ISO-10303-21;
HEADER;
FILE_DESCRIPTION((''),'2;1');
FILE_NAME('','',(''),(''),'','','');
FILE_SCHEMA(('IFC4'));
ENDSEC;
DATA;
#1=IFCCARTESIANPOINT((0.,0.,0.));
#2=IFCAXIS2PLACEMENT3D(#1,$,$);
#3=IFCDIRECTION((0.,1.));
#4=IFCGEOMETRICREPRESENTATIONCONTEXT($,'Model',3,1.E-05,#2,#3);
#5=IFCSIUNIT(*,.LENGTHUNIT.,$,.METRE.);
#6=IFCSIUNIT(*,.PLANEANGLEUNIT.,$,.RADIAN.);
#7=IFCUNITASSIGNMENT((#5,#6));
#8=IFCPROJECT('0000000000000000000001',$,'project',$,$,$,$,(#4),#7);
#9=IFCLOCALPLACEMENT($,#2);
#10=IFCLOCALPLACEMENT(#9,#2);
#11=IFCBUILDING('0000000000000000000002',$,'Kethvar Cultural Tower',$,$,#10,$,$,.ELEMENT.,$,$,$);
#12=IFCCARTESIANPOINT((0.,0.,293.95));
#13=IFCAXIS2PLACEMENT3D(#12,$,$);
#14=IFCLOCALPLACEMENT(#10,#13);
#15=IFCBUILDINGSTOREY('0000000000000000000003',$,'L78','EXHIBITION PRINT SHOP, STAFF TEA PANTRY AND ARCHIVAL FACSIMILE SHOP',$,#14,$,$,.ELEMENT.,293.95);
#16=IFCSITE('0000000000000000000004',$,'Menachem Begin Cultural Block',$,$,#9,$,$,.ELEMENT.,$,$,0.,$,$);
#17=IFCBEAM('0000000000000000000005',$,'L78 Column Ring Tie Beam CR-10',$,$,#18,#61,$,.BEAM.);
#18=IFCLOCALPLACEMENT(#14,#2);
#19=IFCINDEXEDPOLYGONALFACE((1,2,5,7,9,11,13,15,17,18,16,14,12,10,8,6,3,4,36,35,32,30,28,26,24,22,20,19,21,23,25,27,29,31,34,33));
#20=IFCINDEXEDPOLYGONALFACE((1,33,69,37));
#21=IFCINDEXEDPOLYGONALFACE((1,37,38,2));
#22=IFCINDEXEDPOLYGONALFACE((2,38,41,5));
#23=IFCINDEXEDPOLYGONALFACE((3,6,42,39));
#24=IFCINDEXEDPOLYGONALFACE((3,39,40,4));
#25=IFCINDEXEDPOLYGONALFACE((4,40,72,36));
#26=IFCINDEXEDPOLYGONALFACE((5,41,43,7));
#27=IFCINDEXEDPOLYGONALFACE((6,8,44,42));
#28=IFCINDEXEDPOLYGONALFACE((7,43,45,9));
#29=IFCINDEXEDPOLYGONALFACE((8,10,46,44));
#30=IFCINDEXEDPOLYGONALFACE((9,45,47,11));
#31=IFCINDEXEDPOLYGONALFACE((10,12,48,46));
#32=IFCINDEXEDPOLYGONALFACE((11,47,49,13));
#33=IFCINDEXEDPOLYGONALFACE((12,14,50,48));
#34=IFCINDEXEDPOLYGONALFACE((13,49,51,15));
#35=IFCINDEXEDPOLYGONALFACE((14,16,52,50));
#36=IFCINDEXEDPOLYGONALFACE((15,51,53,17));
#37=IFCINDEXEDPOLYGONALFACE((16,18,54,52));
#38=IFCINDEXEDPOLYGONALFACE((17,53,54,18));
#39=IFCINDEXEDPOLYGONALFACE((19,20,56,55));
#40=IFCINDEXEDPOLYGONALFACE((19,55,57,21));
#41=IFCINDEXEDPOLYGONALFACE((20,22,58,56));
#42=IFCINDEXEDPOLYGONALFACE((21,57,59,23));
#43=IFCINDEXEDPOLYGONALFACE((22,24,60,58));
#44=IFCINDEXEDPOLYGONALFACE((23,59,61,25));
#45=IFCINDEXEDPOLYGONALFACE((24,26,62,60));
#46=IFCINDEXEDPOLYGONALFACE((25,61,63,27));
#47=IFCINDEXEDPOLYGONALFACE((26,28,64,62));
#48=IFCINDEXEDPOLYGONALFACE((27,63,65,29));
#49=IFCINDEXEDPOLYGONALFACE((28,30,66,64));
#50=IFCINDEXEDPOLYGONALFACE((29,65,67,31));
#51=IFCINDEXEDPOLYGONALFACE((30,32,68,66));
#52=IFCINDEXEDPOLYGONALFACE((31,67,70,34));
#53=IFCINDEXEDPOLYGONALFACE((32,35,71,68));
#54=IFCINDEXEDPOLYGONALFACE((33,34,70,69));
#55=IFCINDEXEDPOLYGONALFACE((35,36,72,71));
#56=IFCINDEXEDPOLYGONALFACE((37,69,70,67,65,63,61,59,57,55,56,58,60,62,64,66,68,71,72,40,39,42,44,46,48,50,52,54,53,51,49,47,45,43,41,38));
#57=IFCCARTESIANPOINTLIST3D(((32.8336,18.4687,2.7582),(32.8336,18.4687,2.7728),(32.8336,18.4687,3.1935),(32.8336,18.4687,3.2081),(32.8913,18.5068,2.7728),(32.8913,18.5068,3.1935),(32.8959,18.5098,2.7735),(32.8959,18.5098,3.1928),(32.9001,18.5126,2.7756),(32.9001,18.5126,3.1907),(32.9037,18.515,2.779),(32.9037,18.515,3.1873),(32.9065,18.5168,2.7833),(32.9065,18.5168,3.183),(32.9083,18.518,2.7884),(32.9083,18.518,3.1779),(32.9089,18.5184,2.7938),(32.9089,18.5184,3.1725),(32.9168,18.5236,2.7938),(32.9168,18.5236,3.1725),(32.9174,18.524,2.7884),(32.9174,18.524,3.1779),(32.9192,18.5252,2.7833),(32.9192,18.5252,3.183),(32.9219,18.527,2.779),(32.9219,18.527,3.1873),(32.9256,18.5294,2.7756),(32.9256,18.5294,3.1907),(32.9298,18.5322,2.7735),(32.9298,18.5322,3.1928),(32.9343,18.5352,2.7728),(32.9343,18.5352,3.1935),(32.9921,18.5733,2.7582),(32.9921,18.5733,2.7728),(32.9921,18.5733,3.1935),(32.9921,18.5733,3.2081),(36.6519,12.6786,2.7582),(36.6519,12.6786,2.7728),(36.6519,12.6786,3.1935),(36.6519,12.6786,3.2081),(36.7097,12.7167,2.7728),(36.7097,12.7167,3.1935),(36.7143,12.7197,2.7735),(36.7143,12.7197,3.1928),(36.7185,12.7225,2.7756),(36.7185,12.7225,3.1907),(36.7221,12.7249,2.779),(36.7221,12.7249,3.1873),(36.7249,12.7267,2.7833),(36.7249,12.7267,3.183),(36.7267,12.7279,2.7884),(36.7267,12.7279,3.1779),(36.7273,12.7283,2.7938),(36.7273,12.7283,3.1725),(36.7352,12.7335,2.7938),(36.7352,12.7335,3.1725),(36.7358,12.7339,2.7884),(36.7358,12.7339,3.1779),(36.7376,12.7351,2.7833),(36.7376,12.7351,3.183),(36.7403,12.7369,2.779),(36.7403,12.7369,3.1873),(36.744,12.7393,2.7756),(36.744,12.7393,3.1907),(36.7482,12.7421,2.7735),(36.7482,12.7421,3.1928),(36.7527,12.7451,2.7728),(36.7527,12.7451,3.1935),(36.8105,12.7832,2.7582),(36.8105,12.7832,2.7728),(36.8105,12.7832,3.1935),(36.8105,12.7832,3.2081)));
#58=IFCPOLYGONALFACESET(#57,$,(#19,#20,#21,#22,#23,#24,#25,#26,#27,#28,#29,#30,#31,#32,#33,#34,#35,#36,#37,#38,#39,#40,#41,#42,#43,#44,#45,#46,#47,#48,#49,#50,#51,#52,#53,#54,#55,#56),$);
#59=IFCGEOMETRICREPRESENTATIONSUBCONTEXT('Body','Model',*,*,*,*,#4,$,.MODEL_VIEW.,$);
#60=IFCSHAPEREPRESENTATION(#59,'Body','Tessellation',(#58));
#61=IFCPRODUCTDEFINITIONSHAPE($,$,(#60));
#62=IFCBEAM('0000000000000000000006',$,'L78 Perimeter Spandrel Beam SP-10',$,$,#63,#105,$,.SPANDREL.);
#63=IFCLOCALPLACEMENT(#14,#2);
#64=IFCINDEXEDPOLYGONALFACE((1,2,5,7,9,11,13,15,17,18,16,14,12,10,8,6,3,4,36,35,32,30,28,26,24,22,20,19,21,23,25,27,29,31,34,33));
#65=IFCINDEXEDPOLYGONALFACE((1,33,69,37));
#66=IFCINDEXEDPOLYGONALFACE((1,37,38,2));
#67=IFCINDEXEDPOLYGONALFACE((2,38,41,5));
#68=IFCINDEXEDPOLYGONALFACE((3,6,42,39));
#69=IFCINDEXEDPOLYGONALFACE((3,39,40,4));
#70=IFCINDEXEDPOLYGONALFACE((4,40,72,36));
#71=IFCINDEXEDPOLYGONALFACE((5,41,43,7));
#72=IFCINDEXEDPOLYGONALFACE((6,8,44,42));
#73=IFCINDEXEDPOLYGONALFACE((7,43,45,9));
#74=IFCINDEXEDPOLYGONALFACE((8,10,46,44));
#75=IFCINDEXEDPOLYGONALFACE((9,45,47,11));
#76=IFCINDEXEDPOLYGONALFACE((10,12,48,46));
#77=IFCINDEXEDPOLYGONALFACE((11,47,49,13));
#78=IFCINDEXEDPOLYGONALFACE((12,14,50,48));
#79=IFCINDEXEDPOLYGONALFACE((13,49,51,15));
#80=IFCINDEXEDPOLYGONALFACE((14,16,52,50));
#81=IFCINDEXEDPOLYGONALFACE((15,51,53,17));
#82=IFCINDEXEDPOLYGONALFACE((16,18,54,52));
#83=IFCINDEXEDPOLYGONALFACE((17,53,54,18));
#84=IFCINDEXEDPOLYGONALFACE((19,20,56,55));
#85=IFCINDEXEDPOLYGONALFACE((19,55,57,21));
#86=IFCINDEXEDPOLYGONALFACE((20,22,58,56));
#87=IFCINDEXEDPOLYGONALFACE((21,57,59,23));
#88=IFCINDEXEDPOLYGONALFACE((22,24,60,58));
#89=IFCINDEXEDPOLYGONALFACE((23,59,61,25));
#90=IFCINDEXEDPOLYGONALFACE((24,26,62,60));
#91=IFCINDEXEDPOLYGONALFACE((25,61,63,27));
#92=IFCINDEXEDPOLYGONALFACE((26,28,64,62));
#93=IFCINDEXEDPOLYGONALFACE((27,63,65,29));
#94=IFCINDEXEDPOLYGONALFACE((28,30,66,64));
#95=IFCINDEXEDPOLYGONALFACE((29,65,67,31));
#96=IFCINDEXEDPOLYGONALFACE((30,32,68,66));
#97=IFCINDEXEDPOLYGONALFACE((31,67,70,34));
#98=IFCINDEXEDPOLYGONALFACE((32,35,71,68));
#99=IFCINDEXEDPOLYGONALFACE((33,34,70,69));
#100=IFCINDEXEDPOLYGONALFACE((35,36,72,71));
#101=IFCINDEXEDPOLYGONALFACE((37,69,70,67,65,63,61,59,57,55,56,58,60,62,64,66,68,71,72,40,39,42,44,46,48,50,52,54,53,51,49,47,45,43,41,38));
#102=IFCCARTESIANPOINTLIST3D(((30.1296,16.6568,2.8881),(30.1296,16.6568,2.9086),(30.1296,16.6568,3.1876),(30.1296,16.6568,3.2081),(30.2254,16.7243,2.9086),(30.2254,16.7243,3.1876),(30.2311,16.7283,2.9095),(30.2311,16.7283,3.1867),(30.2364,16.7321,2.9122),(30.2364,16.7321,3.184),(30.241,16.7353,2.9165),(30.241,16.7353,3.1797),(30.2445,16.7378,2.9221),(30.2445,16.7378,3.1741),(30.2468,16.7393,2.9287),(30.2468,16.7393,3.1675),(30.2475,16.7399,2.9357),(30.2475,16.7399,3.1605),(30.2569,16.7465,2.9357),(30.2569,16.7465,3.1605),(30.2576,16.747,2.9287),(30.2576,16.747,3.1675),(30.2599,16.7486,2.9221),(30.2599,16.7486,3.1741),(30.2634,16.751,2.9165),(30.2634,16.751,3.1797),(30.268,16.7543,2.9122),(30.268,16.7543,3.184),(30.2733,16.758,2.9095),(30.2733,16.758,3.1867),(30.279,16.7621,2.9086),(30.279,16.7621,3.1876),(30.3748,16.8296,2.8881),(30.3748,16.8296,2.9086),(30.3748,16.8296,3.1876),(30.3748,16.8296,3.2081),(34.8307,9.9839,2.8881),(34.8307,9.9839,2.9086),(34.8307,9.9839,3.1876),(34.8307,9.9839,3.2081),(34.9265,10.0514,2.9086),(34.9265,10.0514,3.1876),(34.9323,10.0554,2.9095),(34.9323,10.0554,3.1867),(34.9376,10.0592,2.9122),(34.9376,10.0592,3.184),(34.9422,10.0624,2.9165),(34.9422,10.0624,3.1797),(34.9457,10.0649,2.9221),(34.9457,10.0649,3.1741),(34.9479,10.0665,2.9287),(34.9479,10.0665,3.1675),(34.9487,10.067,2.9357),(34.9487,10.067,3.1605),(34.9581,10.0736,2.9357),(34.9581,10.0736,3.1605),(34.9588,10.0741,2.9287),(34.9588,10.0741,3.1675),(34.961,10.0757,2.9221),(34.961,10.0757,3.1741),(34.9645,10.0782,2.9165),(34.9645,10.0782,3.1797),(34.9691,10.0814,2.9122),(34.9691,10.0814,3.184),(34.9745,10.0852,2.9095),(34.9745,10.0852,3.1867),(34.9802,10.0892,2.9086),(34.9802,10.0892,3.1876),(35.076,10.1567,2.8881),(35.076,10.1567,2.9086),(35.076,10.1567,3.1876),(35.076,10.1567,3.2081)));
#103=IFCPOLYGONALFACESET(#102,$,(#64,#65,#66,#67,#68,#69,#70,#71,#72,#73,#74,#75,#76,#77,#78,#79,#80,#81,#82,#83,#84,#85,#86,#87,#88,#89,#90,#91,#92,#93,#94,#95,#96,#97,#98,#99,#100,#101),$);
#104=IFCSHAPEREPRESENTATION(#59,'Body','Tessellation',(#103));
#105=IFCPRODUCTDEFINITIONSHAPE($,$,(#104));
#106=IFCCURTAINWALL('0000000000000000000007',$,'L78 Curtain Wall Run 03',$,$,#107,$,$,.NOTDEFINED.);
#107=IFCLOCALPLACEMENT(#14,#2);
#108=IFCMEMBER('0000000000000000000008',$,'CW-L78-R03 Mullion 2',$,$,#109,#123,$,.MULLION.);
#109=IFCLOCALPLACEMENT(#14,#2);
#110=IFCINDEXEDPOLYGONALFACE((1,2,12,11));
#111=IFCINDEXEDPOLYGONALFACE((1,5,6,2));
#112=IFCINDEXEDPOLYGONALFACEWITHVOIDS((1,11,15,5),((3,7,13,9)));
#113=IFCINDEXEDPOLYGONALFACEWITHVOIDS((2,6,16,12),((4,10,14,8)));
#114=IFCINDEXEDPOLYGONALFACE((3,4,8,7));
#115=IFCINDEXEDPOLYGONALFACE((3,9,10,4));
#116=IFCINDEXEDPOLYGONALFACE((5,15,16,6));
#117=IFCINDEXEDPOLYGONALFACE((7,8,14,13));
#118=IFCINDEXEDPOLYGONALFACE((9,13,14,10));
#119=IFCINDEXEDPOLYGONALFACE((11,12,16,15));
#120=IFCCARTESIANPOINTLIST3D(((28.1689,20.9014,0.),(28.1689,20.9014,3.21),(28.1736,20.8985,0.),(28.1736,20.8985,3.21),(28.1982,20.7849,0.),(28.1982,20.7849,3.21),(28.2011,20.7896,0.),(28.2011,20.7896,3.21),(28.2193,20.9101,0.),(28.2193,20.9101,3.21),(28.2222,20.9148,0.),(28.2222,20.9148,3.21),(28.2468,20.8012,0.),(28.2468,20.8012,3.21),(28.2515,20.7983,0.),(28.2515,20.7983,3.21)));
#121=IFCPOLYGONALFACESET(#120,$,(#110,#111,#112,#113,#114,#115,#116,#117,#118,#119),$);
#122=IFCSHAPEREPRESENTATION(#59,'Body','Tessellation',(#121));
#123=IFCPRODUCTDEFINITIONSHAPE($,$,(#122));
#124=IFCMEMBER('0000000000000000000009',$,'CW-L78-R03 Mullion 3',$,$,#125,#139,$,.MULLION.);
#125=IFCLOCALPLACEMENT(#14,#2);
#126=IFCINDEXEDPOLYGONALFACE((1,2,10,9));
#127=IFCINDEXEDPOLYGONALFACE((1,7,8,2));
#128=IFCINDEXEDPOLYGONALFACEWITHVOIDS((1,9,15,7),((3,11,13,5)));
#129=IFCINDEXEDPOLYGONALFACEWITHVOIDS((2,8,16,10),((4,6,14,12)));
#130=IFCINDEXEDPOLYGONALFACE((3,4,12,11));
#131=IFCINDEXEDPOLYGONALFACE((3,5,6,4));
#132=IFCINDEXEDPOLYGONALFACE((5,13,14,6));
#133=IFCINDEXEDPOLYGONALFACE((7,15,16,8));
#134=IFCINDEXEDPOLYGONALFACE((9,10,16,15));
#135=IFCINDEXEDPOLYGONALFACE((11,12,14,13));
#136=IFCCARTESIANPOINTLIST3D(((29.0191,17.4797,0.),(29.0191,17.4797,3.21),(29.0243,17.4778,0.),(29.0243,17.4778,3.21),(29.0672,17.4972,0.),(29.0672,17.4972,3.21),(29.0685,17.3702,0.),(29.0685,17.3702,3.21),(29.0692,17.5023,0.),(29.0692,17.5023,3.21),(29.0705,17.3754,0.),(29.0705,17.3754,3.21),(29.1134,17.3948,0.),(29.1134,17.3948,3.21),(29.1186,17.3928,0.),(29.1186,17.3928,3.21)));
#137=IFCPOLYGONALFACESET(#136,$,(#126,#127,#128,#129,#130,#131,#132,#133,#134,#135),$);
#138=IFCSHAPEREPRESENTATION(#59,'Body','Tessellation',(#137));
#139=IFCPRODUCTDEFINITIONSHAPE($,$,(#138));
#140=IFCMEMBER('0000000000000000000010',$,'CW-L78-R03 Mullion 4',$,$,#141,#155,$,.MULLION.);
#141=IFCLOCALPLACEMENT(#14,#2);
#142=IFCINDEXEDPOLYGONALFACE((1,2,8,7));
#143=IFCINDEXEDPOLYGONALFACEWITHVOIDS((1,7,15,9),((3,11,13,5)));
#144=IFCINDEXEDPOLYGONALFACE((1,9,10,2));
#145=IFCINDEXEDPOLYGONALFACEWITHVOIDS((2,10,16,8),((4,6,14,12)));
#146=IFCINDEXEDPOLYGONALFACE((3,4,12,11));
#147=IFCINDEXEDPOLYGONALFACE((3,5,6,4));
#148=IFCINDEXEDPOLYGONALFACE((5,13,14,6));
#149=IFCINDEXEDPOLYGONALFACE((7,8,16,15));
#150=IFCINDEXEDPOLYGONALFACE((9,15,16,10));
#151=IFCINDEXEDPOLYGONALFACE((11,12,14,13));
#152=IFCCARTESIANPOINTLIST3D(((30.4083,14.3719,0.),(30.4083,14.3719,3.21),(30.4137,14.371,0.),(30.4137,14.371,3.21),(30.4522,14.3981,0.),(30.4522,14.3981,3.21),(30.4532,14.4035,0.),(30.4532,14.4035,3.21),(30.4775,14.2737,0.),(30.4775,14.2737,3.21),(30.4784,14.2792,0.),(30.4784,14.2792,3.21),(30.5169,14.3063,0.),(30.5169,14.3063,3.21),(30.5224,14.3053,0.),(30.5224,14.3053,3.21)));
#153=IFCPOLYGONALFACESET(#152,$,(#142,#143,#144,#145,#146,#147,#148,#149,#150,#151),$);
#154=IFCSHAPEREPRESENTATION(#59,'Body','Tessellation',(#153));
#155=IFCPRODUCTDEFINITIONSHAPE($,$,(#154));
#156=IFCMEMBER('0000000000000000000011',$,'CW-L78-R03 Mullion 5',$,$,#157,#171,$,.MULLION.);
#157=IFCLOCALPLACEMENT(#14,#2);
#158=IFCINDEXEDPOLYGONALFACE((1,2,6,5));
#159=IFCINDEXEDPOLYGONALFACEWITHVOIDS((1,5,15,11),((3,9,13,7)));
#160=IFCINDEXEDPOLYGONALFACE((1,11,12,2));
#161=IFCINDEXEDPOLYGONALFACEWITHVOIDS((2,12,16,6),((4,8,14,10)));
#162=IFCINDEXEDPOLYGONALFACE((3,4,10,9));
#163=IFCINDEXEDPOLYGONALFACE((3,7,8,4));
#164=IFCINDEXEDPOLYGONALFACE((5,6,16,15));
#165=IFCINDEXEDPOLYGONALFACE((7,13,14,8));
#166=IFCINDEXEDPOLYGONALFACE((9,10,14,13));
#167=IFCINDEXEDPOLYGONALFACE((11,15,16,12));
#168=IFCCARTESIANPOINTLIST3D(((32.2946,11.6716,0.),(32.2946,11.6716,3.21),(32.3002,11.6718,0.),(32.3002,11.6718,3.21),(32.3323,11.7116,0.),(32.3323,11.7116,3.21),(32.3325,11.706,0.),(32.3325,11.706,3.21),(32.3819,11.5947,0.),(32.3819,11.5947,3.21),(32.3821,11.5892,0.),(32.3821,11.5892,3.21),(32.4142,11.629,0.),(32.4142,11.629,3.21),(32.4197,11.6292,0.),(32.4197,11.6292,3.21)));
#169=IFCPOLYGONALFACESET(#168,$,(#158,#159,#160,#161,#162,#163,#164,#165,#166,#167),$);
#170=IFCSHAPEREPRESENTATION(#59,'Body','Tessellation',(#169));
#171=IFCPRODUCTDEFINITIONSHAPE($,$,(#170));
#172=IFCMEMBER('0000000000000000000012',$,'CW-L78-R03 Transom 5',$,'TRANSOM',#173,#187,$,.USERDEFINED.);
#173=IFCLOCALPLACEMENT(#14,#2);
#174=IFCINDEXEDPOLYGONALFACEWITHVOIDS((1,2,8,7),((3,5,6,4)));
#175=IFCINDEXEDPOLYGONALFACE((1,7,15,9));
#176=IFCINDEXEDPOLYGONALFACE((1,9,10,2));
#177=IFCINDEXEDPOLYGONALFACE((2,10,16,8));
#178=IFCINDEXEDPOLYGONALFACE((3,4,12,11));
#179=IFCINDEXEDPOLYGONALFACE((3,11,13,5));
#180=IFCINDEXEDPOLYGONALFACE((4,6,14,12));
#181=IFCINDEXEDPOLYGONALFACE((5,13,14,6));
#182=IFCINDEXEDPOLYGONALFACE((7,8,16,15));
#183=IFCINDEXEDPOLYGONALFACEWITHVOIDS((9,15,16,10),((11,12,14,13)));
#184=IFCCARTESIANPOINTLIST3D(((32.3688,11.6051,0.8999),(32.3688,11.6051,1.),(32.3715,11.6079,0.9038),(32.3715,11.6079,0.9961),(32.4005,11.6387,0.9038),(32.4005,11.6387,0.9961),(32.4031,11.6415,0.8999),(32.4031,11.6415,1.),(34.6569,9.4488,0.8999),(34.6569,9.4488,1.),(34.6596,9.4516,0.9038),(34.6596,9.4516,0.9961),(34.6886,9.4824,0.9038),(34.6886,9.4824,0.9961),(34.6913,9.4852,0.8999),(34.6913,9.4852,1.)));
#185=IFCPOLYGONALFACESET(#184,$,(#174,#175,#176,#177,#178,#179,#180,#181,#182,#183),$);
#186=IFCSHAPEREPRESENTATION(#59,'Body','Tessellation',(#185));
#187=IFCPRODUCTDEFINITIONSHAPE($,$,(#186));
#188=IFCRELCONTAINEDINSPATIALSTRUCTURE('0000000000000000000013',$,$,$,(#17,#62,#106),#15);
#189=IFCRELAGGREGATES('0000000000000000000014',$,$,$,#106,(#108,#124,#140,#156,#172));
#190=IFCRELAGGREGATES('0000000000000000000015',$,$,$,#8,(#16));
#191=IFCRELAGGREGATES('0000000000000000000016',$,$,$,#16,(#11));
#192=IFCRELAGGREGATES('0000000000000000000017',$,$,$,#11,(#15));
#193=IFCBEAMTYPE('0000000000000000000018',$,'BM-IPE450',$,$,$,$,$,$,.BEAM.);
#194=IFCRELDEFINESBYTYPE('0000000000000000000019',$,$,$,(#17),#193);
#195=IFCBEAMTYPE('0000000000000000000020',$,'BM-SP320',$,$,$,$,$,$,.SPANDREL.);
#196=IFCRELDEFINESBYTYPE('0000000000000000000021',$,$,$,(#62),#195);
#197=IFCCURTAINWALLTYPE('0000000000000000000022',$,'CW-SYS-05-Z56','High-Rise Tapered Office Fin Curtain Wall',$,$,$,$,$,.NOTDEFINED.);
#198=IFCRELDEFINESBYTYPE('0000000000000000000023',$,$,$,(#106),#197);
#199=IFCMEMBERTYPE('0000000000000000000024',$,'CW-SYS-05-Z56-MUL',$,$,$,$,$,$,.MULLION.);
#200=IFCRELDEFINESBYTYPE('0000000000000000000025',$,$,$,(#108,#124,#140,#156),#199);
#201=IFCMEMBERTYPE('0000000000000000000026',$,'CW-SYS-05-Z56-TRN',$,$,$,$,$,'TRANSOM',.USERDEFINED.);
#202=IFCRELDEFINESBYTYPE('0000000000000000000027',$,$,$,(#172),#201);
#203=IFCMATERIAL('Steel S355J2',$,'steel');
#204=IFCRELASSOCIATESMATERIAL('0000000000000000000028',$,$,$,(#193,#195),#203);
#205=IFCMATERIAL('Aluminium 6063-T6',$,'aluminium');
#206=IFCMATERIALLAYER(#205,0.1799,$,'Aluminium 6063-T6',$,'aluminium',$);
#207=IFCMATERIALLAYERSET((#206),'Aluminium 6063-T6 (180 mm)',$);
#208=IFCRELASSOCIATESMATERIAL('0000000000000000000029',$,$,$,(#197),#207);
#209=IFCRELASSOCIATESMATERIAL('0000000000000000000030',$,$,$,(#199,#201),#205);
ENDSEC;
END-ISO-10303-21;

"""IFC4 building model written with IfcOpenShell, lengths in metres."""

from ifc_helpers import new_model, si_unit, direction, frame, origin, origin_2d, place, context, subcontext, project, spatial, hollow_rectangle, i_section, extrude, source, transform, mapped, material, layer, layer_set, material_profile, profile_set, type_object, element, aggregate, save


model = new_model("IFC4")

# Units and contexts
model_context = context("Model", 3, precision=1e-05, world=origin(), true_north=direction((0.0, 1.0)))
body_context = subcontext(model_context, "Body", "Model", "MODEL_VIEW")
ifc_project = project(units=[si_unit("LENGTHUNIT", "METRE"), si_unit("PLANEANGLEUNIT", "RADIAN")], contexts=[model_context])

# Site, building, storey
site_placement = place(None, origin())
site = spatial("IfcSite", under=ifc_project, at=site_placement, Name="Menachem Begin Cultural Block", CompositionType="ELEMENT", RefElevation=0.0)
building_placement = place(site_placement, origin())
building = spatial("IfcBuilding", under=site, at=building_placement, Name="Kethvar Cultural Tower", CompositionType="ELEMENT")
storey_placement = place(building_placement, frame((0.0, 0.0, 293.95)))
storey = spatial("IfcBuildingStorey", under=building, at=storey_placement, Name="L78", Description="EXHIBITION PRINT SHOP, STAFF TEA PANTRY AND ARCHIVAL FACSIMILE SHOP", CompositionType="ELEMENT", Elevation=293.95)

# Shared definitions
ifc_material_1 = material(Name="Steel S355J2", Category="steel")

# Beams
ifc_material_profile_1 = material_profile(ifc_material_1, i_section(OverallWidth=0.1899, OverallDepth=0.45, WebThickness=0.0095, FlangeThickness=0.0146, FilletRadius=0.021, at=origin_2d()), Name="Steel S355J2 — IPE450")
ifc_profile_set_1 = profile_set([ifc_material_profile_1], Name="Steel S355J2 — IPE450")
beam_type_1 = type_object("IfcBeamType", Name="BM-IPE450", PredefinedType="BEAM", material=ifc_profile_set_1)
ifc_material_profile_2 = material_profile(ifc_material_1, i_section(OverallWidth=0.3, OverallDepth=0.3201, WebThickness=0.0115, FlangeThickness=0.0205, FilletRadius=0.0271, at=origin_2d()), Name="Steel S355J2 — HEB320")
ifc_profile_set_2 = profile_set([ifc_material_profile_2], Name="Steel S355J2 — HEB320")
beam_type_2 = type_object("IfcBeamType", Name="BM-SP320", PredefinedType="SPANDREL", material=ifc_profile_set_2)
shared_shape_1 = source(origin(), body_context, "Body", "SweptSolid", [
    extrude(i_section(OverallWidth=0.1899, OverallDepth=0.45, WebThickness=0.0095, FlangeThickness=0.0146, FilletRadius=0.021, at=origin_2d()), origin(), (0.0, 0.0, 1.0), 6.9358),
])
beam_1_placement = place(storey_placement, frame((32.9128, 18.521, 2.9832), z_axis=(0.550534, -0.834813, 0.0), x_axis=(0.834813, 0.550534, 0.0)))
element("IfcBeam", 1, at=beam_1_placement, inside=storey, type_object=beam_type_1, Name="L78 Column Ring Tie Beam CR-10", PredefinedType="BEAM", context=body_context, shape_type="MappedRepresentation", body=[
    mapped(shared_shape_1, transform((0.0, 0.0, 0.0), scale=1.0)),
])
shared_shape_2 = source(origin(), body_context, "Body", "SweptSolid", [
    extrude(i_section(OverallWidth=0.3, OverallDepth=0.3201, WebThickness=0.0115, FlangeThickness=0.0205, FilletRadius=0.0271, at=origin_2d()), origin(), (0.0, 0.0, 1.0), 8.1626),
])
beam_2_placement = place(storey_placement, frame((30.2522, 16.7432, 3.0481), z_axis=(0.575941, -0.817491, 0.0), x_axis=(0.817491, 0.575941, 0.0)))
element("IfcBeam", 2, at=beam_2_placement, inside=storey, type_object=beam_type_2, Name="L78 Perimeter Spandrel Beam SP-10", PredefinedType="SPANDREL", context=body_context, shape_type="MappedRepresentation", body=[
    mapped(shared_shape_2, transform((0.0, 0.0, 0.0), scale=1.0)),
])

# Curtain wall, members
ifc_material_2 = material(Name="Aluminium 6063-T6", Category="aluminium")
ifc_layer_1 = layer(ifc_material_2, 0.1799, Name="Aluminium 6063-T6", Category="aluminium")
ifc_layer_set_1 = layer_set([ifc_layer_1], Name="Aluminium 6063-T6 (180 mm)")
curtain_wall_type = type_object("IfcCurtainWallType", Name="CW-SYS-05-Z56", Description="High-Rise Tapered Office Fin Curtain Wall", PredefinedType="NOTDEFINED", material=ifc_layer_set_1)
curtain_wall_placement = place(storey_placement, origin())
curtain_wall = element("IfcCurtainWall", 3, at=curtain_wall_placement, inside=storey, type_object=curtain_wall_type, Name="L78 Curtain Wall Run 03", PredefinedType="NOTDEFINED")
ifc_material_profile_3 = material_profile(ifc_material_2, hollow_rectangle(XDim=0.0549, YDim=0.1201, WallThickness=0.0039, at=origin_2d()), Name="Aluminium 6063-T6 — RHS120x55x4")
ifc_profile_set_3 = profile_set([ifc_material_profile_3], Name="Aluminium 6063-T6 — RHS120x55x4")
member_type_1 = type_object("IfcMemberType", Name="CW-SYS-05-Z56-MUL", PredefinedType="MULLION", material=ifc_profile_set_3)
shared_shape_3 = source(origin(), body_context, "Body", "SweptSolid", [
    extrude(hollow_rectangle(XDim=0.0549, YDim=0.1201, WallThickness=0.0039, at=origin_2d()), origin(), (0.0, 0.0, 1.0), 3.21),
])
member_1_placement = place(storey_placement, frame((28.2102, 20.8499, 0.0), z_axis=(0.0, 0.0, 1.0), x_axis=(0.96968, 0.244377, 0.0)))
member_1 = element("IfcMember", 4, at=member_1_placement, type_object=member_type_1, Name="CW-L78-R03 Mullion 2", PredefinedType="MULLION", context=body_context, shape_type="MappedRepresentation", body=[
    mapped(shared_shape_3, transform((0.0, 0.0, 0.0), scale=1.0)),
])
member_2_placement = place(storey_placement, frame((29.0688, 17.4363, 0.0), z_axis=(0.0, 0.0, 1.0), x_axis=(0.911425, 0.411467, 0.0)))
member_2 = element("IfcMember", 5, at=member_2_placement, type_object=member_type_1, Name="CW-L78-R03 Mullion 3", PredefinedType="MULLION", context=body_context, shape_type="MappedRepresentation", body=[
    mapped(shared_shape_3, transform((0.0, 0.0, 0.0), scale=1.0)),
])
member_3_placement = place(storey_placement, frame((30.4653, 14.3386, 0.0), z_axis=(0.0, 0.0, 1.0), x_axis=(0.817467, 0.575976, 0.0)))
member_3 = element("IfcMember", 6, at=member_3_placement, type_object=member_type_1, Name="CW-L78-R03 Mullion 4", PredefinedType="MULLION", context=body_context, shape_type="MappedRepresentation", body=[
    mapped(shared_shape_3, transform((0.0, 0.0, 0.0), scale=1.0)),
])
member_4_placement = place(storey_placement, frame((32.3572, 11.6504, 0.0), z_axis=(0.0, 0.0, 1.0), x_axis=(0.685818, 0.727773, 0.0)))
member_4 = element("IfcMember", 7, at=member_4_placement, type_object=member_type_1, Name="CW-L78-R03 Mullion 5", PredefinedType="MULLION", context=body_context, shape_type="MappedRepresentation", body=[
    mapped(shared_shape_3, transform((0.0, 0.0, 0.0), scale=1.0)),
])
ifc_material_profile_4 = material_profile(ifc_material_2, hollow_rectangle(XDim=0.05, YDim=0.1001, WallThickness=0.0039, at=origin_2d()), Name="Aluminium 6063-T6 — RHS100x50x4")
ifc_profile_set_4 = profile_set([ifc_material_profile_4], Name="Aluminium 6063-T6 — RHS100x50x4")
member_type_2 = type_object("IfcMemberType", Name="CW-SYS-05-Z56-TRN", ElementType="TRANSOM", PredefinedType="USERDEFINED", material=ifc_profile_set_4)
shared_shape_4 = source(origin(), body_context, "Body", "SweptSolid", [
    extrude(hollow_rectangle(XDim=0.05, YDim=0.1001, WallThickness=0.0039, at=origin_2d()), origin(), (0.0, 0.0, 1.0), 3.144),
])
member_5_placement = place(storey_placement, frame((32.386, 11.6233, 0.95), z_axis=(0.727762, -0.68583, 0.0), x_axis=(0.68583, 0.727762, 0.0)))
member_5 = element("IfcMember", 8, at=member_5_placement, type_object=member_type_2, Name="CW-L78-R03 Transom 5", ObjectType="TRANSOM", PredefinedType="USERDEFINED", context=body_context, shape_type="MappedRepresentation", body=[
    mapped(shared_shape_4, transform((0.0, 0.0, 0.0), scale=1.0)),
])
aggregate(curtain_wall, [member_1, member_2, member_3, member_4, member_5])

save(model, "model.ifc")
